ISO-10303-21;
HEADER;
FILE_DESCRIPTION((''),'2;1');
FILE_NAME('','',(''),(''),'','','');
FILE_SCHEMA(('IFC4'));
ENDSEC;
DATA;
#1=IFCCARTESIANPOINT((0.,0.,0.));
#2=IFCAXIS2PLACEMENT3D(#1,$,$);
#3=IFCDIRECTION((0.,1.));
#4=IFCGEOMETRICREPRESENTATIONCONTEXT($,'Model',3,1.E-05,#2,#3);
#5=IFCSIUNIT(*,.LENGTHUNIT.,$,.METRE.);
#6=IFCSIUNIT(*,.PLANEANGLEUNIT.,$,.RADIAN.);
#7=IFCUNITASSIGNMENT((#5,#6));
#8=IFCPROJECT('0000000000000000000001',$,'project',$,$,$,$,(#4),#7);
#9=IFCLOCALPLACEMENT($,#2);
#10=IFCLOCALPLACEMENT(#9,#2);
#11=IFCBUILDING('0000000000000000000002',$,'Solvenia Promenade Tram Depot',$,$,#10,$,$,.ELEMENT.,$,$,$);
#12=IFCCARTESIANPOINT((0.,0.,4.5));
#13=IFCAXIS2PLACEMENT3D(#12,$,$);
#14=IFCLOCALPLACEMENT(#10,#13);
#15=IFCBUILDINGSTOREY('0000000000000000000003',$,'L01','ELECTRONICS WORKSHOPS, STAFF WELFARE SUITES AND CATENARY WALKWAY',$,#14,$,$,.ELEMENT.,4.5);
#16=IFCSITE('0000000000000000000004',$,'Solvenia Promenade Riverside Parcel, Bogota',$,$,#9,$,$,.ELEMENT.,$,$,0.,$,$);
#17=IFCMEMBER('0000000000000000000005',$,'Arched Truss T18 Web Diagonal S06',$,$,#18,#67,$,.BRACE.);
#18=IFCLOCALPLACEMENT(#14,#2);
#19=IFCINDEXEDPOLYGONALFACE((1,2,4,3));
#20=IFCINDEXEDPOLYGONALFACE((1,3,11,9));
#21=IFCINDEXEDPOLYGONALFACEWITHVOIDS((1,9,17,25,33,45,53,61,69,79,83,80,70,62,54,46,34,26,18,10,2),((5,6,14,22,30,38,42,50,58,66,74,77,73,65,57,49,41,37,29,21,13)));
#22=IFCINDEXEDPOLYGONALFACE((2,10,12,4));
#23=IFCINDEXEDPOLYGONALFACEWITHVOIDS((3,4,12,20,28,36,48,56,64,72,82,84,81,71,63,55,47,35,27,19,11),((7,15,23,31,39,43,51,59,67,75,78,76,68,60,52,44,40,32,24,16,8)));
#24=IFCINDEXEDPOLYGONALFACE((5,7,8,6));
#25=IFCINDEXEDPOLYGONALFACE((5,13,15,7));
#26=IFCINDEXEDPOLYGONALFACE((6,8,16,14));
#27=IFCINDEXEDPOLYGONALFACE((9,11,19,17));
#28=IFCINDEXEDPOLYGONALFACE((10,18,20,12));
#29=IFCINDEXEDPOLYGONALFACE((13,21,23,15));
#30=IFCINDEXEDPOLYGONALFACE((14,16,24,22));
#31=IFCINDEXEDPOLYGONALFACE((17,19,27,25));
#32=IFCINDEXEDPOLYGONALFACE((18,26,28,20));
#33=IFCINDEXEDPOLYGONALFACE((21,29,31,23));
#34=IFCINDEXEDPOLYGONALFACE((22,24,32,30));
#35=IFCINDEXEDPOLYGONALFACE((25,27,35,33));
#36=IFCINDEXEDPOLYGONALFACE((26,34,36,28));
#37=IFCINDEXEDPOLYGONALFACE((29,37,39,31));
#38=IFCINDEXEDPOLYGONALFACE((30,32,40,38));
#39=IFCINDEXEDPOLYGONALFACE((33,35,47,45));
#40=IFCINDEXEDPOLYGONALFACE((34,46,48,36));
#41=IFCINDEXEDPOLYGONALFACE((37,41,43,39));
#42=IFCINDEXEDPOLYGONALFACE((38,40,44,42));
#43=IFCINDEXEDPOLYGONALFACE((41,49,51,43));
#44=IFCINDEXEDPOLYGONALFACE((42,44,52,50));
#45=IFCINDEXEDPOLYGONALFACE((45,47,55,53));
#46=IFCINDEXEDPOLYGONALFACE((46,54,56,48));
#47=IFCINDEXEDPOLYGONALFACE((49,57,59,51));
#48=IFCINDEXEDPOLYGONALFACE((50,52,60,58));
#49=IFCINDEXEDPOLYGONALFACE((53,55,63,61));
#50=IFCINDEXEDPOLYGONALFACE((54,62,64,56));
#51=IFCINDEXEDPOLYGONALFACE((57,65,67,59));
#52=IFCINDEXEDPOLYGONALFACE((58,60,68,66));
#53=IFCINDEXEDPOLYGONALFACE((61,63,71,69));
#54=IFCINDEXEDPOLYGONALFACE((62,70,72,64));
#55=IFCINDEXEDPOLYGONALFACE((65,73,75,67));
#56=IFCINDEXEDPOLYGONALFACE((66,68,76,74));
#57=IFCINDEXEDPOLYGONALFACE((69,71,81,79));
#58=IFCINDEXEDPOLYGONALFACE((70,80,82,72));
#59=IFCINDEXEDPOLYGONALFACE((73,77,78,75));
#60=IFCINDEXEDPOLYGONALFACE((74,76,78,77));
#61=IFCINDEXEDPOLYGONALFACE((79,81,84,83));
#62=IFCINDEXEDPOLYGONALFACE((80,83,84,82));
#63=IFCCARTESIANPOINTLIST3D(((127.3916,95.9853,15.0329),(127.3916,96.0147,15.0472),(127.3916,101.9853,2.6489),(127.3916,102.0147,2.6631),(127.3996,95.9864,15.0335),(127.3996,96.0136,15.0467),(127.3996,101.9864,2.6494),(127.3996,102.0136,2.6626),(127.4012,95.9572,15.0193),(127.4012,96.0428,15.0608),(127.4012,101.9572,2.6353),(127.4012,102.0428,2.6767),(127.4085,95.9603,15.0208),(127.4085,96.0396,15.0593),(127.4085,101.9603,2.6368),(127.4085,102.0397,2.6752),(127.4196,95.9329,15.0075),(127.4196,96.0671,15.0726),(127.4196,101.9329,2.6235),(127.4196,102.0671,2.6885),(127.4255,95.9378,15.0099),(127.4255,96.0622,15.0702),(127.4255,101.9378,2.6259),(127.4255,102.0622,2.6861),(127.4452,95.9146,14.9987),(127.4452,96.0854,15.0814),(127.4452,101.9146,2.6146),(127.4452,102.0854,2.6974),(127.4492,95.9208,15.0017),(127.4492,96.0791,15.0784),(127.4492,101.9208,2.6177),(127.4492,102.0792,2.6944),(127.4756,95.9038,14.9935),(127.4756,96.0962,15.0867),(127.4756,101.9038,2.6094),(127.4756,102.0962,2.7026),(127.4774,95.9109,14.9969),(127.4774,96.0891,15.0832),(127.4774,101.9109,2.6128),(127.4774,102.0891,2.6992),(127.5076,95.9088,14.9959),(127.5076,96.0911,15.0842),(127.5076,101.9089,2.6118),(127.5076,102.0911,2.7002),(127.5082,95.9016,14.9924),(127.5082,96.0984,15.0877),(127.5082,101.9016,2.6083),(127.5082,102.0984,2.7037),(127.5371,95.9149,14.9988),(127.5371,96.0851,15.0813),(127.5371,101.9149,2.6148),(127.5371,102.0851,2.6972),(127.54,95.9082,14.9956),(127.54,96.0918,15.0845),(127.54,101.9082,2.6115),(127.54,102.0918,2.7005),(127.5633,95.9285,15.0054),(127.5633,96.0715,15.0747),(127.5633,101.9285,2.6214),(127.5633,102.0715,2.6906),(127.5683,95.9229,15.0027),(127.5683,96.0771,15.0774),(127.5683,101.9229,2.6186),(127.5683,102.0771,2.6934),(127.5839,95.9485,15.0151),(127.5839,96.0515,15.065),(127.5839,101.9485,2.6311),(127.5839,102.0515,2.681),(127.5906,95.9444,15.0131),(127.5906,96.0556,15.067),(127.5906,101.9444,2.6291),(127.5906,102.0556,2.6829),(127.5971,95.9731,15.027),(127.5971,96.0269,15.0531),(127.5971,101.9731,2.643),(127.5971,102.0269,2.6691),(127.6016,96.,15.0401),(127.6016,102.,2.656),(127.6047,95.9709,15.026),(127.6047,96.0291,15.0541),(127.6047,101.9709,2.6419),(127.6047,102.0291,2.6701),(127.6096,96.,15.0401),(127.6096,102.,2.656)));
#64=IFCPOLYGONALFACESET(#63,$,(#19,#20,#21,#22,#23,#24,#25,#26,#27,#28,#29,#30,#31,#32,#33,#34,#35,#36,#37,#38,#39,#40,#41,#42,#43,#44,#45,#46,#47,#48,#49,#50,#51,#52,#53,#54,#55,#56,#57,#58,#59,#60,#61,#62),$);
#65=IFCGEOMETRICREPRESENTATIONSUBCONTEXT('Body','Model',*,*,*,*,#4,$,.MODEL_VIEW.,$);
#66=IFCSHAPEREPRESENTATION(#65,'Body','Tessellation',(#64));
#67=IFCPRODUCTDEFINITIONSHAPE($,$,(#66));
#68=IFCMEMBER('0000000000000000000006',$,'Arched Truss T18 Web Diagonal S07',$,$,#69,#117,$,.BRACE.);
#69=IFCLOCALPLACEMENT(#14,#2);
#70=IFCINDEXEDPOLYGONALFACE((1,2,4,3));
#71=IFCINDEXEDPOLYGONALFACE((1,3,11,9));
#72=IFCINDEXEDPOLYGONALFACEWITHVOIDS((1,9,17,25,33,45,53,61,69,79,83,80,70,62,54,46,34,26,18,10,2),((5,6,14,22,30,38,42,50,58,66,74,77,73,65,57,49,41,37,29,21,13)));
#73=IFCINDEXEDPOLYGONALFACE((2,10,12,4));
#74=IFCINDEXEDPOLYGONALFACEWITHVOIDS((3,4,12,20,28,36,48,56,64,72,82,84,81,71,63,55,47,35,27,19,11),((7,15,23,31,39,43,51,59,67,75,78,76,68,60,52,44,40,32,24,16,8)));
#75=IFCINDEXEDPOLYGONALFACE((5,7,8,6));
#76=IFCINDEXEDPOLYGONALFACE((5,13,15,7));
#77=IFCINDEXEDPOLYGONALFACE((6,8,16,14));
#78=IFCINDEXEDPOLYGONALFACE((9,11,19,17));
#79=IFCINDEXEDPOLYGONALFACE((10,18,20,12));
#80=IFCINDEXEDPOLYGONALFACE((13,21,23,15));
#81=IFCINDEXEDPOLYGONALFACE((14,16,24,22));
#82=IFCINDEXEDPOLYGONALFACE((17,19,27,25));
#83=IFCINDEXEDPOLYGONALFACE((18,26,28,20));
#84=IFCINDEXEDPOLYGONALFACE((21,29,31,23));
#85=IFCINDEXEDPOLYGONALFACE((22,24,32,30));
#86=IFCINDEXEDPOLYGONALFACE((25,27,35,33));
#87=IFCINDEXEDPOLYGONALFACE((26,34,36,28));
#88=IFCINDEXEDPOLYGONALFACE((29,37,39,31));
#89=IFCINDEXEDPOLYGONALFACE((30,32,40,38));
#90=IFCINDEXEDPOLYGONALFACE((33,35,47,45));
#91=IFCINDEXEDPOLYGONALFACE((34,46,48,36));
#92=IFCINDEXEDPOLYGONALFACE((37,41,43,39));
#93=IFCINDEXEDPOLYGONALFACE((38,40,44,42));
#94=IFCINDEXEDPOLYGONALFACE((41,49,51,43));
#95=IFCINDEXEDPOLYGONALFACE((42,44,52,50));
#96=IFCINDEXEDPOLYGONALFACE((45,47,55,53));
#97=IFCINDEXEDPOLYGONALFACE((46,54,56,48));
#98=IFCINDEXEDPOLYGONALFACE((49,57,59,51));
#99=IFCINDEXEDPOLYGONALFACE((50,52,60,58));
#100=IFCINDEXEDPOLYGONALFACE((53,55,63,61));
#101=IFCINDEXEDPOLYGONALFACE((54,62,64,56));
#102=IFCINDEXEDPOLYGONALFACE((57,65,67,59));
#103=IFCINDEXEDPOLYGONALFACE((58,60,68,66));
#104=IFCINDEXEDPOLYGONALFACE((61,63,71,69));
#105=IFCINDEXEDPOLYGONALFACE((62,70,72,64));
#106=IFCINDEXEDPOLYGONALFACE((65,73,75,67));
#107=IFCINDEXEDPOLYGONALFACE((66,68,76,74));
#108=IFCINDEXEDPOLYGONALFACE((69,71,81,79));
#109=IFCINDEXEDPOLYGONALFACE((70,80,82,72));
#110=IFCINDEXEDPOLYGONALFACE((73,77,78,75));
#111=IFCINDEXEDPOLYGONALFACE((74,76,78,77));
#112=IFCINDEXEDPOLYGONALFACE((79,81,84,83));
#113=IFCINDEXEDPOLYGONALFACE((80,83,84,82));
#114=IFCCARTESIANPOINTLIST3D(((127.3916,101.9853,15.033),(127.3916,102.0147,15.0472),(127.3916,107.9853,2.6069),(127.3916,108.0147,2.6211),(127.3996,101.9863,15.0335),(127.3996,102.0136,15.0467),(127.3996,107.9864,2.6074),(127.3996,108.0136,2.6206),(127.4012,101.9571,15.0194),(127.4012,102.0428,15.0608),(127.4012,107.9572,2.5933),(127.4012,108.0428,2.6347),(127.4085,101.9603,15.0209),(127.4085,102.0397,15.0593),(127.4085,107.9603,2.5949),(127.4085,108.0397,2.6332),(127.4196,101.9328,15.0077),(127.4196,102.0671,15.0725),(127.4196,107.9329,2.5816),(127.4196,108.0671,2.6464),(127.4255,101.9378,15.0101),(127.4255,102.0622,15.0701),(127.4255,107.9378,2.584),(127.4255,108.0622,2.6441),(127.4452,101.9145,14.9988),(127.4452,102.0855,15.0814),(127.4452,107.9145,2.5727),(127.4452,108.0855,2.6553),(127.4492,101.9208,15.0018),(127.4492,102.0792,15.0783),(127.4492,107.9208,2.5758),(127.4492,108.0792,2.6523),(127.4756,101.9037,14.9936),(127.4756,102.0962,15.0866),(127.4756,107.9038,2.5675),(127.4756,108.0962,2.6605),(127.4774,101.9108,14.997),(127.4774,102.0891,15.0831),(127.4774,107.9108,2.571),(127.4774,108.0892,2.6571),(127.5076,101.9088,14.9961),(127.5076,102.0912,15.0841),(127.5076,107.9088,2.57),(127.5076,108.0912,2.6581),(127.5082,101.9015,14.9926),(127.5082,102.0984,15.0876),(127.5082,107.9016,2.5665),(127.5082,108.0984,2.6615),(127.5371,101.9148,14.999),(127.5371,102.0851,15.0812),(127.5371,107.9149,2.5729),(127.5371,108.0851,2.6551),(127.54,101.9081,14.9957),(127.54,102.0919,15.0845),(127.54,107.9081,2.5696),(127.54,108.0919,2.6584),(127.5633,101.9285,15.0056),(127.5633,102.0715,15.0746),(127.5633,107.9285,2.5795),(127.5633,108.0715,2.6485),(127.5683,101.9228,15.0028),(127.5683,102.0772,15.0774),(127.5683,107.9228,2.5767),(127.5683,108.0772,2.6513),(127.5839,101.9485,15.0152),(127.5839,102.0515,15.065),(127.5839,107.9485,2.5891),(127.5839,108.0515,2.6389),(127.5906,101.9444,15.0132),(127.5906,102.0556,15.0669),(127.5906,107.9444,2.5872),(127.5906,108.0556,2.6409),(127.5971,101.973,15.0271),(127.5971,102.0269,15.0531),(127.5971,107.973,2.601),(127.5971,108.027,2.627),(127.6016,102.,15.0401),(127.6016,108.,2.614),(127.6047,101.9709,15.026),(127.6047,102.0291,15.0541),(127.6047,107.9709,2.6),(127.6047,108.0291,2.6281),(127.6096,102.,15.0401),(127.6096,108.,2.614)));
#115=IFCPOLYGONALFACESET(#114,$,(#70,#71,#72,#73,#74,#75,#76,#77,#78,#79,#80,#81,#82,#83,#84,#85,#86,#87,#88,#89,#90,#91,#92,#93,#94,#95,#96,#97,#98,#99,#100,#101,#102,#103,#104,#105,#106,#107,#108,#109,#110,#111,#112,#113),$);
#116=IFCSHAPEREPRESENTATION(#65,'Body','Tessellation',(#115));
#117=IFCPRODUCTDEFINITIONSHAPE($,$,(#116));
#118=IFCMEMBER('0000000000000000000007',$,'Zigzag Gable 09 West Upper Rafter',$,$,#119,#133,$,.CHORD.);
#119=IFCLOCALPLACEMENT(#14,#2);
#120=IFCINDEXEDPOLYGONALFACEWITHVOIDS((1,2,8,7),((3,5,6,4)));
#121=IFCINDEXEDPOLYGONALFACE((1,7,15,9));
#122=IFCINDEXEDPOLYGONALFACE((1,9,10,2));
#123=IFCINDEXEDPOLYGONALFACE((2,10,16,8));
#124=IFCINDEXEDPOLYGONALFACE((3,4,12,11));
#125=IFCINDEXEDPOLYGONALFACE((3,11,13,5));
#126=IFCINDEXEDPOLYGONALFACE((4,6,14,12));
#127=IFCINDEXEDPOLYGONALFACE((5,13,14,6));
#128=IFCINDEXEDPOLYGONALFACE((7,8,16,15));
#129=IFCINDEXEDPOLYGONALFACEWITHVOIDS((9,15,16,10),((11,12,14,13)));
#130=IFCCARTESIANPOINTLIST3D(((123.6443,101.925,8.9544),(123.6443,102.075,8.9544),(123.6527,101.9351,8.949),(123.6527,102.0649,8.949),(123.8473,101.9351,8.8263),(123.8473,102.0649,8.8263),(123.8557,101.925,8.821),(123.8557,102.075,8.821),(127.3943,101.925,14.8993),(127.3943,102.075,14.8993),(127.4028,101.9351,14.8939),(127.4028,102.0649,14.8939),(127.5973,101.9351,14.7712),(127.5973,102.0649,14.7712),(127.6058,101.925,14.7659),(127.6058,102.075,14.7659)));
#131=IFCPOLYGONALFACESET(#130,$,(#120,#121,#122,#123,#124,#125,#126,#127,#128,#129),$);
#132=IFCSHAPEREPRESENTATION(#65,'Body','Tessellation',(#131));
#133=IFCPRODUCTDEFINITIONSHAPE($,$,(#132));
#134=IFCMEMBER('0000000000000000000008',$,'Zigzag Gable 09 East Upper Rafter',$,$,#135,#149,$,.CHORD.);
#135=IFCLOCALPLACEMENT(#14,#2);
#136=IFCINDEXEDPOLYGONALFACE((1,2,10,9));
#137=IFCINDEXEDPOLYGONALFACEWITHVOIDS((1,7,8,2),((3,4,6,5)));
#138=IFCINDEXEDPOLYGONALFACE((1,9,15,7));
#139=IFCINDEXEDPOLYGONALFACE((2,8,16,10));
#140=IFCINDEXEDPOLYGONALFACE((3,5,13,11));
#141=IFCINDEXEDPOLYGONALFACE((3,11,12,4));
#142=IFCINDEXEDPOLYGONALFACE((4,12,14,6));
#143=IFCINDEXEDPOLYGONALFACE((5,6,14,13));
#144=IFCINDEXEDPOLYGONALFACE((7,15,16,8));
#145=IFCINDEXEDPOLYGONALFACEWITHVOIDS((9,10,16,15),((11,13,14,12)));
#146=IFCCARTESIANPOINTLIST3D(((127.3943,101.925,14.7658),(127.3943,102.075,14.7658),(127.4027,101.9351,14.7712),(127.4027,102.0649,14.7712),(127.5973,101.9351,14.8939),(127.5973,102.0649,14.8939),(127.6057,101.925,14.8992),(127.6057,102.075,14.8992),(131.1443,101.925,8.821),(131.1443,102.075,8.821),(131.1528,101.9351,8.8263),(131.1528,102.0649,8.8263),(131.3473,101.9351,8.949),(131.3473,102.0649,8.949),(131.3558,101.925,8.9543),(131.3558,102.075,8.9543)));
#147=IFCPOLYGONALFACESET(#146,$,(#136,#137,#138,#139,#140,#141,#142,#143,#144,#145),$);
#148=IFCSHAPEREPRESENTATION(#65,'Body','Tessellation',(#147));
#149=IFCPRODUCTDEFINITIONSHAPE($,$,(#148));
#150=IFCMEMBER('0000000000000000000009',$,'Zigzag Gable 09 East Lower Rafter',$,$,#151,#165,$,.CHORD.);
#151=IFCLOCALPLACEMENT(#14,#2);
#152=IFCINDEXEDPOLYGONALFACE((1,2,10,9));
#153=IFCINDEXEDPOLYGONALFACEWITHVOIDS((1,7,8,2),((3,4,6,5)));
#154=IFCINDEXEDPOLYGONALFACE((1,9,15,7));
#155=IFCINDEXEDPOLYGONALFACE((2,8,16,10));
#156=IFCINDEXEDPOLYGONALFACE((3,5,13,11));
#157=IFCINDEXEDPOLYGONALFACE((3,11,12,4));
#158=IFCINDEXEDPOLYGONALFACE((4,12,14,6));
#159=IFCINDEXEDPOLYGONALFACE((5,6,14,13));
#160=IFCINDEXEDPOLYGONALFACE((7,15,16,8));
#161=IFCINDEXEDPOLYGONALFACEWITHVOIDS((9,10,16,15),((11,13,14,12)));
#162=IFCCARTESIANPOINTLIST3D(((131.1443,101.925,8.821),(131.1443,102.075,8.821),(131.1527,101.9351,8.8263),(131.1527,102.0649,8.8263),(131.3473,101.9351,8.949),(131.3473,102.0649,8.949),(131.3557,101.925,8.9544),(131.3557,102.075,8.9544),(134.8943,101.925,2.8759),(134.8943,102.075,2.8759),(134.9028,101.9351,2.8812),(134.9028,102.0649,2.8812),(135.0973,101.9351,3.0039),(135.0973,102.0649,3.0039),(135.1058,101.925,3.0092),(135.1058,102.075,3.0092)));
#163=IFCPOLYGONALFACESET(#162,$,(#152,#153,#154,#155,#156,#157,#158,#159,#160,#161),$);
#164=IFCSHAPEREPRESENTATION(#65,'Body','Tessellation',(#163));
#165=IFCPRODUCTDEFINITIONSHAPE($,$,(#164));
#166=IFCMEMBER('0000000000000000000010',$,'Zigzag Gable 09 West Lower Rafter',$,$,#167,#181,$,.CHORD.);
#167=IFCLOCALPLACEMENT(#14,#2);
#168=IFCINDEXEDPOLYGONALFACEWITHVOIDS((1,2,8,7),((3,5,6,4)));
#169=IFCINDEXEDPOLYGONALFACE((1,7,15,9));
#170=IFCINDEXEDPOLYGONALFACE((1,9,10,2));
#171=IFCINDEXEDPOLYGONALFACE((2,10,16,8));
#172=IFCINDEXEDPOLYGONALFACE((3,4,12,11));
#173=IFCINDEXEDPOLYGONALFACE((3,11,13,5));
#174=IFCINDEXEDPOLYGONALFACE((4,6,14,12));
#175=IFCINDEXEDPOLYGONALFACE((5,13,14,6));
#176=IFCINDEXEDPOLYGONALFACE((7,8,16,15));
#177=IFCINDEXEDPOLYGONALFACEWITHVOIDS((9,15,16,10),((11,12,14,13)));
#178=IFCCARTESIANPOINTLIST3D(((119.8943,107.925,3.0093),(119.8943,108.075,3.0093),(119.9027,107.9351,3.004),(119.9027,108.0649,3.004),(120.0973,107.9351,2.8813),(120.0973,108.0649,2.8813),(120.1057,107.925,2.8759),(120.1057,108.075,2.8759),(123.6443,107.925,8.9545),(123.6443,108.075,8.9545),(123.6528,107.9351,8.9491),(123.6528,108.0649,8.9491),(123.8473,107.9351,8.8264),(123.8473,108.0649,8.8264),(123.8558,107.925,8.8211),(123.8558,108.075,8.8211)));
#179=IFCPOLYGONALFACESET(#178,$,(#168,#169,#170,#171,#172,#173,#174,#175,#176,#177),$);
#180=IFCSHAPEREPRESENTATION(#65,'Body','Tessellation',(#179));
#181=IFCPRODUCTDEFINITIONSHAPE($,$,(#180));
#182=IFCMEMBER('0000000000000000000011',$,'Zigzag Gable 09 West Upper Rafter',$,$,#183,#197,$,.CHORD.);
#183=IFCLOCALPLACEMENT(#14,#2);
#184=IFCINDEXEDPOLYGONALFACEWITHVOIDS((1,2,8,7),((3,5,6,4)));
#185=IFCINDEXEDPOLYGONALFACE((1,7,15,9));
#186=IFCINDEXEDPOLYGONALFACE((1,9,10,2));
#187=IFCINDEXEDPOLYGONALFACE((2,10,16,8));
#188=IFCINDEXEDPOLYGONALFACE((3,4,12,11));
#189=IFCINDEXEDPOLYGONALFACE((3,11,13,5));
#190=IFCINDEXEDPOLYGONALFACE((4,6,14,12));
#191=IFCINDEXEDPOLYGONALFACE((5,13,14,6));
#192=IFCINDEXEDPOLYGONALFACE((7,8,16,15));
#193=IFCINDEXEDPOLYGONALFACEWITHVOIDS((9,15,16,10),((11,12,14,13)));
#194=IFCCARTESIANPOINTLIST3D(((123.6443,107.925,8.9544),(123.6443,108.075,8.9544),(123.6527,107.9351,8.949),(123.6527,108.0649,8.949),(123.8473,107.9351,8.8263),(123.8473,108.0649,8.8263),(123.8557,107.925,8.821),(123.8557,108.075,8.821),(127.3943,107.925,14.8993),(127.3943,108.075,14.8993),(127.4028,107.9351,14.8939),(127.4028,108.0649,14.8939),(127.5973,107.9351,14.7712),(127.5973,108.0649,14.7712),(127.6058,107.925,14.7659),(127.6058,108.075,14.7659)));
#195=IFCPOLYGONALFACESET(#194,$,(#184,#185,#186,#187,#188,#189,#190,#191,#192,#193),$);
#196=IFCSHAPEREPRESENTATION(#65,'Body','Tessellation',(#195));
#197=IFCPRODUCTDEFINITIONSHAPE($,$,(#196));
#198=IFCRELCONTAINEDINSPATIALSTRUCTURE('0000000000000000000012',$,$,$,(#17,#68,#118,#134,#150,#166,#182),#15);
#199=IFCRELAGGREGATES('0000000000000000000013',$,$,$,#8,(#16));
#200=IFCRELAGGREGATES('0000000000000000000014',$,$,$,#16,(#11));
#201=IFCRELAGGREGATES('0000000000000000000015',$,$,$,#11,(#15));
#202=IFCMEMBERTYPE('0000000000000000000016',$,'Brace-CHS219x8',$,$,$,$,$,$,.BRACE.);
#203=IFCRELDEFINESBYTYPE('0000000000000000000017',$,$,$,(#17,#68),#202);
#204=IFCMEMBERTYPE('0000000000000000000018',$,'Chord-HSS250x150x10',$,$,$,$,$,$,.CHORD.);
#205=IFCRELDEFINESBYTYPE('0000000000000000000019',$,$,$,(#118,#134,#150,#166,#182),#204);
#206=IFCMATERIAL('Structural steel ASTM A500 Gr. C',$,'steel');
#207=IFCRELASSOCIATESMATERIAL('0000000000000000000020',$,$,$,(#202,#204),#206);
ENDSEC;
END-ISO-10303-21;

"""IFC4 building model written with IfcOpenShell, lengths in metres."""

from ifc_helpers import new_model, si_unit, direction, frame, origin, origin_2d, place, context, subcontext, project, spatial, hollow_rectangle, hollow_circle, extrude, material, material_profile, profile_set, type_object, element, save


model = new_model("IFC4")

# Units and contexts
model_context = context("Model", 3, precision=1e-05, world=origin(), true_north=direction((0.0, 1.0)))
body_context = subcontext(model_context, "Body", "Model", "MODEL_VIEW")
ifc_project = project(units=[si_unit("LENGTHUNIT", "METRE"), si_unit("PLANEANGLEUNIT", "RADIAN")], contexts=[model_context])

# Site, building, storey
site_placement = place(None, origin())
site = spatial("IfcSite", under=ifc_project, at=site_placement, Name="Solvenia Promenade Riverside Parcel, Bogota", CompositionType="ELEMENT", RefElevation=0.0)
building_placement = place(site_placement, origin())
building = spatial("IfcBuilding", under=site, at=building_placement, Name="Solvenia Promenade Tram Depot", CompositionType="ELEMENT")
storey_placement = place(building_placement, frame((0.0, 0.0, 4.5)))
storey = spatial("IfcBuildingStorey", under=building, at=storey_placement, Name="L01", Description="ELECTRONICS WORKSHOPS, STAFF WELFARE SUITES AND CATENARY WALKWAY", CompositionType="ELEMENT", Elevation=4.5)

# Members
ifc_material_1 = material(Name="Structural steel ASTM A500 Gr. C", Category="steel")
ifc_material_profile_1 = material_profile(ifc_material_1, hollow_circle(Radius=0.1096, WallThickness=0.0081, at=origin_2d()), Name="CHS219.1x8", Category="steel")
ifc_profile_set_1 = profile_set([ifc_material_profile_1], Name="Structural steel ASTM A500 Gr. C")
member_type_1 = type_object("IfcMemberType", Name="Brace-CHS219x8", PredefinedType="BRACE", material=ifc_profile_set_1)
member_1_placement = place(storey_placement, frame((127.5, 102.0, 2.656), z_axis=(0.0, -0.436016, 0.899939), x_axis=(1.0, 0.0, 0.0)))
element("IfcMember", 1, at=member_1_placement, inside=storey, type_object=member_type_1, Name="Arched Truss T18 Web Diagonal S06", PredefinedType="BRACE", context=body_context, shape_type="SweptSolid", body=[
    extrude(hollow_circle(Radius=0.1096, WallThickness=0.0081, at=origin_2d()), origin(), (0.0, 0.0, 1.0), 13.761),
])
member_2_placement = place(storey_placement, frame((127.5, 108.0, 2.614), z_axis=(0.0, -0.434821, 0.900517), x_axis=(1.0, 0.0, 0.0)))
element("IfcMember", 2, at=member_2_placement, inside=storey, type_object=member_type_1, Name="Arched Truss T18 Web Diagonal S07", PredefinedType="BRACE", context=body_context, shape_type="SweptSolid", body=[
    extrude(hollow_circle(Radius=0.1096, WallThickness=0.0081, at=origin_2d()), origin(), (0.0, 0.0, 1.0), 13.7988),
])
ifc_material_profile_2 = material_profile(ifc_material_1, hollow_rectangle(XDim=0.1499, YDim=0.25, WallThickness=0.01, at=origin_2d()), Name="HSS250x150x10", Category="steel")
ifc_profile_set_2 = profile_set([ifc_material_profile_2], Name="Structural steel ASTM A500 Gr. C")
member_type_2 = type_object("IfcMemberType", Name="Chord-HSS250x150x10", PredefinedType="CHORD", material=ifc_profile_set_2)
for number, where, z_axis, x_axis, name in (
    (3, (123.75, 102.0, 8.8877), (0.533522, 0.0, 0.845786), (0.0, 1.0, 0.0), "Zigzag Gable 09 West Upper Rafter"),
    (4, (127.5, 102.0, 14.8325), (0.533522, 0.0, -0.845786), (0.0, 1.0, 0.0), "Zigzag Gable 09 East Upper Rafter"),
):
    element("IfcMember", number, at=place(storey_placement, frame(where, z_axis=z_axis, x_axis=x_axis)), inside=storey, type_object=member_type_2, Name=name, PredefinedType="CHORD", context=body_context, shape_type="SweptSolid", body=[
        extrude(hollow_rectangle(XDim=0.1499, YDim=0.25, WallThickness=0.01, at=origin_2d()), origin(), (0.0, 0.0, 1.0), 7.0288),
    ])
for number, where, z_axis, x_axis, name in (
    (5, (131.25, 102.0, 8.8877), (0.533507, 0.0, -0.845796), (0.0, 1.0, 0.0), "Zigzag Gable 09 East Lower Rafter"),
    (6, (120.0, 108.0, 2.9426), (0.533507, 0.0, 0.845796), (0.0, 1.0, 0.0), "Zigzag Gable 09 West Lower Rafter"),
):
    element("IfcMember", number, at=place(storey_placement, frame(where, z_axis=z_axis, x_axis=x_axis)), inside=storey, type_object=member_type_2, Name=name, PredefinedType="CHORD", context=body_context, shape_type="SweptSolid", body=[
        extrude(hollow_rectangle(XDim=0.1499, YDim=0.25, WallThickness=0.01, at=origin_2d()), origin(), (0.0, 0.0, 1.0), 7.0291),
    ])
for number, where, z_axis, x_axis, name in (
    (7, (123.75, 108.0, 8.8877), (0.533522, 0.0, 0.845786), (0.0, 1.0, 0.0), "Zigzag Gable 09 West Upper Rafter"),
):
    element("IfcMember", number, at=place(storey_placement, frame(where, z_axis=z_axis, x_axis=x_axis)), inside=storey, type_object=member_type_2, Name=name, PredefinedType="CHORD", context=body_context, shape_type="SweptSolid", body=[
        extrude(hollow_rectangle(XDim=0.1499, YDim=0.25, WallThickness=0.01, at=origin_2d()), origin(), (0.0, 0.0, 1.0), 7.0288),
    ])

save(model, "model.ifc")
